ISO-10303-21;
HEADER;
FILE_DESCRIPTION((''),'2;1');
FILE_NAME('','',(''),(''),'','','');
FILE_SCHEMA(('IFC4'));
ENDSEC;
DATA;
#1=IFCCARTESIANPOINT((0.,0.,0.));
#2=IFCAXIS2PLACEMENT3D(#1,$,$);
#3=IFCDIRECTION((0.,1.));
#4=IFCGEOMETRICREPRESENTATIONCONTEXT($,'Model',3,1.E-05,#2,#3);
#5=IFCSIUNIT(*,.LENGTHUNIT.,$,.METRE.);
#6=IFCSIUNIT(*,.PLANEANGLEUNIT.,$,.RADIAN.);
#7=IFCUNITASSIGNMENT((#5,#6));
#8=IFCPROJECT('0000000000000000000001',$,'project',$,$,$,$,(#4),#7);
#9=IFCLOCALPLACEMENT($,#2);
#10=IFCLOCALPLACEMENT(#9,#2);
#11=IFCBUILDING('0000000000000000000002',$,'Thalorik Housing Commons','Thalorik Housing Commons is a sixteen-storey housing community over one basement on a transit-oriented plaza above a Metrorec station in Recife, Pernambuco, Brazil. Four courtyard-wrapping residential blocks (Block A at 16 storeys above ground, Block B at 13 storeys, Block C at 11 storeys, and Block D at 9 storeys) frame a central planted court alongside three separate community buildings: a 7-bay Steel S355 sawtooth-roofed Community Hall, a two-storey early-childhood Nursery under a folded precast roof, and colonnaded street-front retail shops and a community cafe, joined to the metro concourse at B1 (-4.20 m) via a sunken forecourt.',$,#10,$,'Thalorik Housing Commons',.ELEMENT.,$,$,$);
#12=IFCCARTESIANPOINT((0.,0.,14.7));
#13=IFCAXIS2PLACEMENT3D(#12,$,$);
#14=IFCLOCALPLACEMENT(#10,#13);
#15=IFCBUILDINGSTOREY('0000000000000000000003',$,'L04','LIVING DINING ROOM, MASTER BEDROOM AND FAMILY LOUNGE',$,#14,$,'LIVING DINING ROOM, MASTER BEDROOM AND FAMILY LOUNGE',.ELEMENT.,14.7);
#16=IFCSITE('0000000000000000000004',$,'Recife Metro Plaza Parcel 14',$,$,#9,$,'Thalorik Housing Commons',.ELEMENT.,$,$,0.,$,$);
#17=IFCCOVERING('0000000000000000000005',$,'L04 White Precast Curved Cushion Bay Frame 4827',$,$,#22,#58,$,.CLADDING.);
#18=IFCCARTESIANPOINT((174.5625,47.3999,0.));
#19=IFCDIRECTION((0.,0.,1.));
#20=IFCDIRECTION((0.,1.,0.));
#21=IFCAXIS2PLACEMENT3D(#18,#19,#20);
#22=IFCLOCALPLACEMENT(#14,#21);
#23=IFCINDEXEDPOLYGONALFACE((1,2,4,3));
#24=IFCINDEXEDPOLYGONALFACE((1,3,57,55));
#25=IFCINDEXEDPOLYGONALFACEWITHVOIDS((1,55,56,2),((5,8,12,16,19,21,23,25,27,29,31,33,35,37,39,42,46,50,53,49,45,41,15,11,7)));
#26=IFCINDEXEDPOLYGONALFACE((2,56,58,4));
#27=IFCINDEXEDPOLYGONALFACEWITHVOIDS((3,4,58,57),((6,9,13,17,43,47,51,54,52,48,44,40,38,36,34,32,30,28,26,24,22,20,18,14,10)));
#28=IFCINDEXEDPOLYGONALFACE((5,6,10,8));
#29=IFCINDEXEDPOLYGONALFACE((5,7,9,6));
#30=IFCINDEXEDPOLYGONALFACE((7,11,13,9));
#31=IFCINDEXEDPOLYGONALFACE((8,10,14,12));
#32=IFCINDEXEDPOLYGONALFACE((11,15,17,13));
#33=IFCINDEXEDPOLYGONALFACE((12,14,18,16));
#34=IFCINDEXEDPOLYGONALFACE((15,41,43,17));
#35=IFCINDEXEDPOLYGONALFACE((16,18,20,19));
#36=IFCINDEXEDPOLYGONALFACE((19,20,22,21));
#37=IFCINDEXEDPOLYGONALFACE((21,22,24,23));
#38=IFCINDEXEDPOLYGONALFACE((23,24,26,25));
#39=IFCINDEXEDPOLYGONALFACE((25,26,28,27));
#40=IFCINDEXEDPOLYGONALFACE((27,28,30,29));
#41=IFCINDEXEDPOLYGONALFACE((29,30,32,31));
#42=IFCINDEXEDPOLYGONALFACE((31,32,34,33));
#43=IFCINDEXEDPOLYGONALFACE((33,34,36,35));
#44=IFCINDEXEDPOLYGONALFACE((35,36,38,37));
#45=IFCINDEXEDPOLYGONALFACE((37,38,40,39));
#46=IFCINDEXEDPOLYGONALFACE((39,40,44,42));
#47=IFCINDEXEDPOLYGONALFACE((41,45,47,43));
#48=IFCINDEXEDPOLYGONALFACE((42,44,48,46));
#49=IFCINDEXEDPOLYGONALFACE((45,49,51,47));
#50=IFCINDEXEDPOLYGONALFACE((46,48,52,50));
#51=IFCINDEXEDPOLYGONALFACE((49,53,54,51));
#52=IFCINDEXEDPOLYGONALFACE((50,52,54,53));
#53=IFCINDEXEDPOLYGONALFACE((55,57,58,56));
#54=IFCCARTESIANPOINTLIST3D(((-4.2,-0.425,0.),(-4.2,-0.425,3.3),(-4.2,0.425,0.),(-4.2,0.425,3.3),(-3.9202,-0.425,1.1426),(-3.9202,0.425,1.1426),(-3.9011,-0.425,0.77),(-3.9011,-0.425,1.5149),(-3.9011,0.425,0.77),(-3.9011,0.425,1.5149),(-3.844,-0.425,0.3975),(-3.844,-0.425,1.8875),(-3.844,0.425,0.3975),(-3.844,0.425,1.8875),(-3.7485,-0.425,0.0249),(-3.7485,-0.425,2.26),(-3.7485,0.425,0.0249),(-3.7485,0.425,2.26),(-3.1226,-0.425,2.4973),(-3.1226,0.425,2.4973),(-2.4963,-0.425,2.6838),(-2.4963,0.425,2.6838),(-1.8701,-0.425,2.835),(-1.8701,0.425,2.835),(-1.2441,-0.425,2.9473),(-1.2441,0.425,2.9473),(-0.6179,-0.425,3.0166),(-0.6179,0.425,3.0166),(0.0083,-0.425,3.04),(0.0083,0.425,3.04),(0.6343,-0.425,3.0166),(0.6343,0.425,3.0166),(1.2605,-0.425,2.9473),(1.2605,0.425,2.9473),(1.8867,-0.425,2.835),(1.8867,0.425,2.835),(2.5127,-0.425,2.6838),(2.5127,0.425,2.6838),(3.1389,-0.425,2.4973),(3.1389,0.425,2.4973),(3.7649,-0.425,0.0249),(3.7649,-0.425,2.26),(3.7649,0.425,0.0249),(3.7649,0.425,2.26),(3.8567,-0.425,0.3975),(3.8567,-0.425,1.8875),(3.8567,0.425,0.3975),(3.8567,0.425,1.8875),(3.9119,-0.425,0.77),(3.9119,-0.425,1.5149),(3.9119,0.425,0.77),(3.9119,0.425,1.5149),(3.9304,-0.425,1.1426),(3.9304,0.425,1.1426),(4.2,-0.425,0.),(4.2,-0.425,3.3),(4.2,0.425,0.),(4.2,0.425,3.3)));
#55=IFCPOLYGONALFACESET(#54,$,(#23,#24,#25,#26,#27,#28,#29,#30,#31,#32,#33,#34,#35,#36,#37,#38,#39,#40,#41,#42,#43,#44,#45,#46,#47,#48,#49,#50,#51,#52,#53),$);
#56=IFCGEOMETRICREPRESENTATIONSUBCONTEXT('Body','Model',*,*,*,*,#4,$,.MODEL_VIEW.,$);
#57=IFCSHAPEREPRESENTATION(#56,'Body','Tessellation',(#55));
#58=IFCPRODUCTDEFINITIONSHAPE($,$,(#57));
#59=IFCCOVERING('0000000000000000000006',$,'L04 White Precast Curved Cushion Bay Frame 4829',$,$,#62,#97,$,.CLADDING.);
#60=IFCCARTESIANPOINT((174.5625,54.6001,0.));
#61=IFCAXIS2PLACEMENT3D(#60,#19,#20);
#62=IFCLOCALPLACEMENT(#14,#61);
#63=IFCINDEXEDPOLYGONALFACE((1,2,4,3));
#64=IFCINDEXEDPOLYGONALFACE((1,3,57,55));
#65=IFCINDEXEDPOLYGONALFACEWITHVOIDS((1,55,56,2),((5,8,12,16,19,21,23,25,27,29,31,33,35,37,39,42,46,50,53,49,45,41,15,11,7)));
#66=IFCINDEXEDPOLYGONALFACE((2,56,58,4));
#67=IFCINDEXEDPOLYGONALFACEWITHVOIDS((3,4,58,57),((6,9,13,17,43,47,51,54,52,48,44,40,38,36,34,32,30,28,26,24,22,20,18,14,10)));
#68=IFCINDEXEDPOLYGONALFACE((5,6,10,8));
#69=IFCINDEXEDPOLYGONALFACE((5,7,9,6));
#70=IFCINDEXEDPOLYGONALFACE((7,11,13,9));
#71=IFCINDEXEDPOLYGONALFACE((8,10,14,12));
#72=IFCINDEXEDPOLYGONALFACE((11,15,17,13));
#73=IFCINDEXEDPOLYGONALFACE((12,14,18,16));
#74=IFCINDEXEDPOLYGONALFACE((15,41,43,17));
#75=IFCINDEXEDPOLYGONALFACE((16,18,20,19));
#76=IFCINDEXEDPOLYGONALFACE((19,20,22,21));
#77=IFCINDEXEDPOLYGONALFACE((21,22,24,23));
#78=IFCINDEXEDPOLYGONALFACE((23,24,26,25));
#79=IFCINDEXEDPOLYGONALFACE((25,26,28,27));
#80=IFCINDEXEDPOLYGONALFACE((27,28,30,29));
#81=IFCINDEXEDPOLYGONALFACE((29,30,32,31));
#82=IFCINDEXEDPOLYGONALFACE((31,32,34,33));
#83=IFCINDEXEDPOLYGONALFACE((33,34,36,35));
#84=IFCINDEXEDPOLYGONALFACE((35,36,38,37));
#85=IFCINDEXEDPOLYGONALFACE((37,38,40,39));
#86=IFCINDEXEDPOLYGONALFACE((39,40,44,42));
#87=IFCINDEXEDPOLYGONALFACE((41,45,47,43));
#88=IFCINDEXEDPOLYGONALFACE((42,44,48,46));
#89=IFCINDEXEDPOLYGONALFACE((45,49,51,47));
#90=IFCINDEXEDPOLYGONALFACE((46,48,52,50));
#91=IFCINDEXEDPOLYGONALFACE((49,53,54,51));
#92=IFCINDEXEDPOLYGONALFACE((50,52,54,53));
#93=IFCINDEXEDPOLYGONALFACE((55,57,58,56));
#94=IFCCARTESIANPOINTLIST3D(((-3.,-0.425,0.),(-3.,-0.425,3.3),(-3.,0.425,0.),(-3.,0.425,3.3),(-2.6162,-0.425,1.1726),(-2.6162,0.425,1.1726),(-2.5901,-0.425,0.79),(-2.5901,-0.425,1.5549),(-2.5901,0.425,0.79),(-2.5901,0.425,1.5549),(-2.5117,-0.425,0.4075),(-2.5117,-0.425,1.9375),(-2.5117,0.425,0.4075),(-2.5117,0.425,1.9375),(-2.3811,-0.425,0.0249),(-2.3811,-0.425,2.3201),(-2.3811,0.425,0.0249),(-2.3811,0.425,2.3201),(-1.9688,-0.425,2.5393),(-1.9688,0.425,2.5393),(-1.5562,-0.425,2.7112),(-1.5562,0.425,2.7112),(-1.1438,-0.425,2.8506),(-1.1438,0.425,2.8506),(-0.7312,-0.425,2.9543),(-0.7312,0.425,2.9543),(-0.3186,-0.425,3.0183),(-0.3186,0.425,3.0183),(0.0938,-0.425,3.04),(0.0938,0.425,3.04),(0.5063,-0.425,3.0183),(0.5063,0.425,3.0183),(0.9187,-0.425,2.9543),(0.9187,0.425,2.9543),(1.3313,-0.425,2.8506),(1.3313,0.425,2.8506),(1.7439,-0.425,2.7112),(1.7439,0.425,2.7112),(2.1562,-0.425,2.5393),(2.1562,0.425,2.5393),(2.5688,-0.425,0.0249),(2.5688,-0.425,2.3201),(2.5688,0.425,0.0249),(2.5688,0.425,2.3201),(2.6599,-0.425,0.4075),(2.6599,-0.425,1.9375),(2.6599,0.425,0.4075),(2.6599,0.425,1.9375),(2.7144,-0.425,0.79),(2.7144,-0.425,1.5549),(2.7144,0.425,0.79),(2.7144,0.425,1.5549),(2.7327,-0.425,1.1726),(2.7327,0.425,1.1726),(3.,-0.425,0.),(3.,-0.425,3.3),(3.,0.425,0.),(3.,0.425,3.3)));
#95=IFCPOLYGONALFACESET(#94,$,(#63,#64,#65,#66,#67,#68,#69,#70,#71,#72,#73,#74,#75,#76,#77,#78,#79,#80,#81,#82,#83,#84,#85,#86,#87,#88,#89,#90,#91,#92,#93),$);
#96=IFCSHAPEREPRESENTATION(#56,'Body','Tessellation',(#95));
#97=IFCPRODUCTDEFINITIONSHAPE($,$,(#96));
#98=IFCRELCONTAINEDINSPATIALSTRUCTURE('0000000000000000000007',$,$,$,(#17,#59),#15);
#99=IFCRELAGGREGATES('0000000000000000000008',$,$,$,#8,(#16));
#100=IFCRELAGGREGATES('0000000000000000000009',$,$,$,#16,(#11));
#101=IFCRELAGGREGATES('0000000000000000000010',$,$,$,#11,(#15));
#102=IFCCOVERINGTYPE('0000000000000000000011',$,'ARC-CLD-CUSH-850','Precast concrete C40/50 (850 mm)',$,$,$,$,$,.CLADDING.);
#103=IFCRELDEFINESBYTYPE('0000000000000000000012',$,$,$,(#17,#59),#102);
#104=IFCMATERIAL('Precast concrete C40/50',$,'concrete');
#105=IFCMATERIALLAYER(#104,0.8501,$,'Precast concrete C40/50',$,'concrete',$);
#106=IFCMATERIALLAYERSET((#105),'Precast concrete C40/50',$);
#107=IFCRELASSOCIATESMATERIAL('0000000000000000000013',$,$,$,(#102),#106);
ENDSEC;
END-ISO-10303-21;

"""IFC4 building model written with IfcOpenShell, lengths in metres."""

from ifc_helpers import new_model, si_unit, direction, frame, origin, place, context, subcontext, project, spatial, polyline, outline, extrude, material, layer, layer_set, type_object, element, save


model = new_model("IFC4")

# Units and contexts
model_context = context("Model", 3, precision=1e-05, world=origin(), true_north=direction((0.0, 1.0)))
body_context = subcontext(model_context, "Body", "Model", "MODEL_VIEW")
ifc_project = project(units=[si_unit("LENGTHUNIT", "METRE"), si_unit("PLANEANGLEUNIT", "RADIAN")], contexts=[model_context])

# Site, building, storey
site_placement = place(None, origin())
site = spatial("IfcSite", under=ifc_project, at=site_placement, Name="Recife Metro Plaza Parcel 14", LongName="Thalorik Housing Commons", CompositionType="ELEMENT", RefElevation=0.0)
building_placement = place(site_placement, origin())
building = spatial("IfcBuilding", under=site, at=building_placement, Name="Thalorik Housing Commons", Description="Thalorik Housing Commons is a sixteen-storey housing community over one basement on a transit-oriented plaza above a Metrorec station in Recife, Pernambuco, Brazil. Four courtyard-wrapping residential blocks (Block A at 16 storeys above ground, Block B at 13 storeys, Block C at 11 storeys, and Block D at 9 storeys) frame a central planted court alongside three separate community buildings: a 7-bay Steel S355 sawtooth-roofed Community Hall, a two-storey early-childhood Nursery under a folded precast roof, and colonnaded street-front retail shops and a community cafe, joined to the metro concourse at B1 (-4.20 m) via a sunken forecourt.", LongName="Thalorik Housing Commons", CompositionType="ELEMENT")
storey_placement = place(building_placement, frame((0.0, 0.0, 14.7)))
storey = spatial("IfcBuildingStorey", under=building, at=storey_placement, Name="L04", Description="LIVING DINING ROOM, MASTER BEDROOM AND FAMILY LOUNGE", LongName="LIVING DINING ROOM, MASTER BEDROOM AND FAMILY LOUNGE", CompositionType="ELEMENT", Elevation=14.7)

# Shared definitions
ifc_material_1 = material(Name="Precast concrete C40/50", Category="concrete")

# Coverings
ifc_layer_1 = layer(ifc_material_1, 0.8501, Name="Precast concrete C40/50", Category="concrete")
ifc_layer_set_1 = layer_set([ifc_layer_1], Name="Precast concrete C40/50")
covering_type_1 = type_object("IfcCoveringType", Name="ARC-CLD-CUSH-850", Description="Precast concrete C40/50 (850 mm)", PredefinedType="CLADDING", material=ifc_layer_set_1)
covering_1_placement = place(storey_placement, frame((174.5625, 47.3999, 0.0), z_axis=(0.0, 0.0, 1.0), x_axis=(0.0, 1.0, 0.0)))
element("IfcCovering", 1, at=covering_1_placement, inside=storey, type_object=covering_type_1, Name="L04 White Precast Curved Cushion Bay Frame 4827", PredefinedType="CLADDING", context=body_context, shape_type="SweptSolid", body=[
    extrude(outline(polyline([(-4.2, 0.0), (4.2, 0.0), (4.2, 3.3), (-4.2, 3.3), (-4.2, 0.0)]), holes=[polyline([(3.7649, 0.0249), (3.8567, 0.3975), (3.9119, 0.77), (3.9304, 1.1426), (3.9119, 1.5149), (3.8567, 1.8875), (3.7649, 2.26), (3.1389, 2.4973), (2.5127, 2.6838), (1.8867, 2.835), (1.2605, 2.9473), (0.6343, 3.0166), (0.0083, 3.04), (-0.6179, 3.0166), (-1.2441, 2.9473), (-1.8701, 2.835), (-2.4963, 2.6838), (-3.1226, 2.4973), (-3.7485, 2.26), (-3.844, 1.8875), (-3.9011, 1.5149), (-3.9202, 1.1426), (-3.9011, 0.77), (-3.844, 0.3975), (-3.7485, 0.0249), (3.7649, 0.0249)])]), frame((0.0, 0.425, 0.0), z_axis=(0.0, -1.0, 0.0), x_axis=(1.0, 0.0, 0.0)), (0.0, 0.0, 1.0), 0.8501),
])
covering_2_placement = place(storey_placement, frame((174.5625, 54.6001, 0.0), z_axis=(0.0, 0.0, 1.0), x_axis=(0.0, 1.0, 0.0)))
element("IfcCovering", 2, at=covering_2_placement, inside=storey, type_object=covering_type_1, Name="L04 White Precast Curved Cushion Bay Frame 4829", PredefinedType="CLADDING", context=body_context, shape_type="SweptSolid", body=[
    extrude(outline(polyline([(-3.0, 0.0), (3.0, 0.0), (3.0, 3.3), (-3.0, 3.3), (-3.0, 0.0)]), holes=[polyline([(2.5688, 0.0249), (2.6599, 0.4075), (2.7144, 0.79), (2.7327, 1.1726), (2.7144, 1.5549), (2.6599, 1.9375), (2.5688, 2.3201), (2.1562, 2.5393), (1.7439, 2.7112), (1.3313, 2.8506), (0.9187, 2.9543), (0.5063, 3.0183), (0.0938, 3.04), (-0.3186, 3.0183), (-0.7312, 2.9543), (-1.1438, 2.8506), (-1.5562, 2.7112), (-1.9688, 2.5393), (-2.3811, 2.3201), (-2.5117, 1.9375), (-2.5901, 1.5549), (-2.6162, 1.1726), (-2.5901, 0.79), (-2.5117, 0.4075), (-2.3811, 0.0249), (2.5688, 0.0249)])]), frame((0.0, 0.425, 0.0), z_axis=(0.0, -1.0, 0.0), x_axis=(1.0, 0.0, 0.0)), (0.0, 0.0, 1.0), 0.8501),
])

save(model, "model.ifc")
